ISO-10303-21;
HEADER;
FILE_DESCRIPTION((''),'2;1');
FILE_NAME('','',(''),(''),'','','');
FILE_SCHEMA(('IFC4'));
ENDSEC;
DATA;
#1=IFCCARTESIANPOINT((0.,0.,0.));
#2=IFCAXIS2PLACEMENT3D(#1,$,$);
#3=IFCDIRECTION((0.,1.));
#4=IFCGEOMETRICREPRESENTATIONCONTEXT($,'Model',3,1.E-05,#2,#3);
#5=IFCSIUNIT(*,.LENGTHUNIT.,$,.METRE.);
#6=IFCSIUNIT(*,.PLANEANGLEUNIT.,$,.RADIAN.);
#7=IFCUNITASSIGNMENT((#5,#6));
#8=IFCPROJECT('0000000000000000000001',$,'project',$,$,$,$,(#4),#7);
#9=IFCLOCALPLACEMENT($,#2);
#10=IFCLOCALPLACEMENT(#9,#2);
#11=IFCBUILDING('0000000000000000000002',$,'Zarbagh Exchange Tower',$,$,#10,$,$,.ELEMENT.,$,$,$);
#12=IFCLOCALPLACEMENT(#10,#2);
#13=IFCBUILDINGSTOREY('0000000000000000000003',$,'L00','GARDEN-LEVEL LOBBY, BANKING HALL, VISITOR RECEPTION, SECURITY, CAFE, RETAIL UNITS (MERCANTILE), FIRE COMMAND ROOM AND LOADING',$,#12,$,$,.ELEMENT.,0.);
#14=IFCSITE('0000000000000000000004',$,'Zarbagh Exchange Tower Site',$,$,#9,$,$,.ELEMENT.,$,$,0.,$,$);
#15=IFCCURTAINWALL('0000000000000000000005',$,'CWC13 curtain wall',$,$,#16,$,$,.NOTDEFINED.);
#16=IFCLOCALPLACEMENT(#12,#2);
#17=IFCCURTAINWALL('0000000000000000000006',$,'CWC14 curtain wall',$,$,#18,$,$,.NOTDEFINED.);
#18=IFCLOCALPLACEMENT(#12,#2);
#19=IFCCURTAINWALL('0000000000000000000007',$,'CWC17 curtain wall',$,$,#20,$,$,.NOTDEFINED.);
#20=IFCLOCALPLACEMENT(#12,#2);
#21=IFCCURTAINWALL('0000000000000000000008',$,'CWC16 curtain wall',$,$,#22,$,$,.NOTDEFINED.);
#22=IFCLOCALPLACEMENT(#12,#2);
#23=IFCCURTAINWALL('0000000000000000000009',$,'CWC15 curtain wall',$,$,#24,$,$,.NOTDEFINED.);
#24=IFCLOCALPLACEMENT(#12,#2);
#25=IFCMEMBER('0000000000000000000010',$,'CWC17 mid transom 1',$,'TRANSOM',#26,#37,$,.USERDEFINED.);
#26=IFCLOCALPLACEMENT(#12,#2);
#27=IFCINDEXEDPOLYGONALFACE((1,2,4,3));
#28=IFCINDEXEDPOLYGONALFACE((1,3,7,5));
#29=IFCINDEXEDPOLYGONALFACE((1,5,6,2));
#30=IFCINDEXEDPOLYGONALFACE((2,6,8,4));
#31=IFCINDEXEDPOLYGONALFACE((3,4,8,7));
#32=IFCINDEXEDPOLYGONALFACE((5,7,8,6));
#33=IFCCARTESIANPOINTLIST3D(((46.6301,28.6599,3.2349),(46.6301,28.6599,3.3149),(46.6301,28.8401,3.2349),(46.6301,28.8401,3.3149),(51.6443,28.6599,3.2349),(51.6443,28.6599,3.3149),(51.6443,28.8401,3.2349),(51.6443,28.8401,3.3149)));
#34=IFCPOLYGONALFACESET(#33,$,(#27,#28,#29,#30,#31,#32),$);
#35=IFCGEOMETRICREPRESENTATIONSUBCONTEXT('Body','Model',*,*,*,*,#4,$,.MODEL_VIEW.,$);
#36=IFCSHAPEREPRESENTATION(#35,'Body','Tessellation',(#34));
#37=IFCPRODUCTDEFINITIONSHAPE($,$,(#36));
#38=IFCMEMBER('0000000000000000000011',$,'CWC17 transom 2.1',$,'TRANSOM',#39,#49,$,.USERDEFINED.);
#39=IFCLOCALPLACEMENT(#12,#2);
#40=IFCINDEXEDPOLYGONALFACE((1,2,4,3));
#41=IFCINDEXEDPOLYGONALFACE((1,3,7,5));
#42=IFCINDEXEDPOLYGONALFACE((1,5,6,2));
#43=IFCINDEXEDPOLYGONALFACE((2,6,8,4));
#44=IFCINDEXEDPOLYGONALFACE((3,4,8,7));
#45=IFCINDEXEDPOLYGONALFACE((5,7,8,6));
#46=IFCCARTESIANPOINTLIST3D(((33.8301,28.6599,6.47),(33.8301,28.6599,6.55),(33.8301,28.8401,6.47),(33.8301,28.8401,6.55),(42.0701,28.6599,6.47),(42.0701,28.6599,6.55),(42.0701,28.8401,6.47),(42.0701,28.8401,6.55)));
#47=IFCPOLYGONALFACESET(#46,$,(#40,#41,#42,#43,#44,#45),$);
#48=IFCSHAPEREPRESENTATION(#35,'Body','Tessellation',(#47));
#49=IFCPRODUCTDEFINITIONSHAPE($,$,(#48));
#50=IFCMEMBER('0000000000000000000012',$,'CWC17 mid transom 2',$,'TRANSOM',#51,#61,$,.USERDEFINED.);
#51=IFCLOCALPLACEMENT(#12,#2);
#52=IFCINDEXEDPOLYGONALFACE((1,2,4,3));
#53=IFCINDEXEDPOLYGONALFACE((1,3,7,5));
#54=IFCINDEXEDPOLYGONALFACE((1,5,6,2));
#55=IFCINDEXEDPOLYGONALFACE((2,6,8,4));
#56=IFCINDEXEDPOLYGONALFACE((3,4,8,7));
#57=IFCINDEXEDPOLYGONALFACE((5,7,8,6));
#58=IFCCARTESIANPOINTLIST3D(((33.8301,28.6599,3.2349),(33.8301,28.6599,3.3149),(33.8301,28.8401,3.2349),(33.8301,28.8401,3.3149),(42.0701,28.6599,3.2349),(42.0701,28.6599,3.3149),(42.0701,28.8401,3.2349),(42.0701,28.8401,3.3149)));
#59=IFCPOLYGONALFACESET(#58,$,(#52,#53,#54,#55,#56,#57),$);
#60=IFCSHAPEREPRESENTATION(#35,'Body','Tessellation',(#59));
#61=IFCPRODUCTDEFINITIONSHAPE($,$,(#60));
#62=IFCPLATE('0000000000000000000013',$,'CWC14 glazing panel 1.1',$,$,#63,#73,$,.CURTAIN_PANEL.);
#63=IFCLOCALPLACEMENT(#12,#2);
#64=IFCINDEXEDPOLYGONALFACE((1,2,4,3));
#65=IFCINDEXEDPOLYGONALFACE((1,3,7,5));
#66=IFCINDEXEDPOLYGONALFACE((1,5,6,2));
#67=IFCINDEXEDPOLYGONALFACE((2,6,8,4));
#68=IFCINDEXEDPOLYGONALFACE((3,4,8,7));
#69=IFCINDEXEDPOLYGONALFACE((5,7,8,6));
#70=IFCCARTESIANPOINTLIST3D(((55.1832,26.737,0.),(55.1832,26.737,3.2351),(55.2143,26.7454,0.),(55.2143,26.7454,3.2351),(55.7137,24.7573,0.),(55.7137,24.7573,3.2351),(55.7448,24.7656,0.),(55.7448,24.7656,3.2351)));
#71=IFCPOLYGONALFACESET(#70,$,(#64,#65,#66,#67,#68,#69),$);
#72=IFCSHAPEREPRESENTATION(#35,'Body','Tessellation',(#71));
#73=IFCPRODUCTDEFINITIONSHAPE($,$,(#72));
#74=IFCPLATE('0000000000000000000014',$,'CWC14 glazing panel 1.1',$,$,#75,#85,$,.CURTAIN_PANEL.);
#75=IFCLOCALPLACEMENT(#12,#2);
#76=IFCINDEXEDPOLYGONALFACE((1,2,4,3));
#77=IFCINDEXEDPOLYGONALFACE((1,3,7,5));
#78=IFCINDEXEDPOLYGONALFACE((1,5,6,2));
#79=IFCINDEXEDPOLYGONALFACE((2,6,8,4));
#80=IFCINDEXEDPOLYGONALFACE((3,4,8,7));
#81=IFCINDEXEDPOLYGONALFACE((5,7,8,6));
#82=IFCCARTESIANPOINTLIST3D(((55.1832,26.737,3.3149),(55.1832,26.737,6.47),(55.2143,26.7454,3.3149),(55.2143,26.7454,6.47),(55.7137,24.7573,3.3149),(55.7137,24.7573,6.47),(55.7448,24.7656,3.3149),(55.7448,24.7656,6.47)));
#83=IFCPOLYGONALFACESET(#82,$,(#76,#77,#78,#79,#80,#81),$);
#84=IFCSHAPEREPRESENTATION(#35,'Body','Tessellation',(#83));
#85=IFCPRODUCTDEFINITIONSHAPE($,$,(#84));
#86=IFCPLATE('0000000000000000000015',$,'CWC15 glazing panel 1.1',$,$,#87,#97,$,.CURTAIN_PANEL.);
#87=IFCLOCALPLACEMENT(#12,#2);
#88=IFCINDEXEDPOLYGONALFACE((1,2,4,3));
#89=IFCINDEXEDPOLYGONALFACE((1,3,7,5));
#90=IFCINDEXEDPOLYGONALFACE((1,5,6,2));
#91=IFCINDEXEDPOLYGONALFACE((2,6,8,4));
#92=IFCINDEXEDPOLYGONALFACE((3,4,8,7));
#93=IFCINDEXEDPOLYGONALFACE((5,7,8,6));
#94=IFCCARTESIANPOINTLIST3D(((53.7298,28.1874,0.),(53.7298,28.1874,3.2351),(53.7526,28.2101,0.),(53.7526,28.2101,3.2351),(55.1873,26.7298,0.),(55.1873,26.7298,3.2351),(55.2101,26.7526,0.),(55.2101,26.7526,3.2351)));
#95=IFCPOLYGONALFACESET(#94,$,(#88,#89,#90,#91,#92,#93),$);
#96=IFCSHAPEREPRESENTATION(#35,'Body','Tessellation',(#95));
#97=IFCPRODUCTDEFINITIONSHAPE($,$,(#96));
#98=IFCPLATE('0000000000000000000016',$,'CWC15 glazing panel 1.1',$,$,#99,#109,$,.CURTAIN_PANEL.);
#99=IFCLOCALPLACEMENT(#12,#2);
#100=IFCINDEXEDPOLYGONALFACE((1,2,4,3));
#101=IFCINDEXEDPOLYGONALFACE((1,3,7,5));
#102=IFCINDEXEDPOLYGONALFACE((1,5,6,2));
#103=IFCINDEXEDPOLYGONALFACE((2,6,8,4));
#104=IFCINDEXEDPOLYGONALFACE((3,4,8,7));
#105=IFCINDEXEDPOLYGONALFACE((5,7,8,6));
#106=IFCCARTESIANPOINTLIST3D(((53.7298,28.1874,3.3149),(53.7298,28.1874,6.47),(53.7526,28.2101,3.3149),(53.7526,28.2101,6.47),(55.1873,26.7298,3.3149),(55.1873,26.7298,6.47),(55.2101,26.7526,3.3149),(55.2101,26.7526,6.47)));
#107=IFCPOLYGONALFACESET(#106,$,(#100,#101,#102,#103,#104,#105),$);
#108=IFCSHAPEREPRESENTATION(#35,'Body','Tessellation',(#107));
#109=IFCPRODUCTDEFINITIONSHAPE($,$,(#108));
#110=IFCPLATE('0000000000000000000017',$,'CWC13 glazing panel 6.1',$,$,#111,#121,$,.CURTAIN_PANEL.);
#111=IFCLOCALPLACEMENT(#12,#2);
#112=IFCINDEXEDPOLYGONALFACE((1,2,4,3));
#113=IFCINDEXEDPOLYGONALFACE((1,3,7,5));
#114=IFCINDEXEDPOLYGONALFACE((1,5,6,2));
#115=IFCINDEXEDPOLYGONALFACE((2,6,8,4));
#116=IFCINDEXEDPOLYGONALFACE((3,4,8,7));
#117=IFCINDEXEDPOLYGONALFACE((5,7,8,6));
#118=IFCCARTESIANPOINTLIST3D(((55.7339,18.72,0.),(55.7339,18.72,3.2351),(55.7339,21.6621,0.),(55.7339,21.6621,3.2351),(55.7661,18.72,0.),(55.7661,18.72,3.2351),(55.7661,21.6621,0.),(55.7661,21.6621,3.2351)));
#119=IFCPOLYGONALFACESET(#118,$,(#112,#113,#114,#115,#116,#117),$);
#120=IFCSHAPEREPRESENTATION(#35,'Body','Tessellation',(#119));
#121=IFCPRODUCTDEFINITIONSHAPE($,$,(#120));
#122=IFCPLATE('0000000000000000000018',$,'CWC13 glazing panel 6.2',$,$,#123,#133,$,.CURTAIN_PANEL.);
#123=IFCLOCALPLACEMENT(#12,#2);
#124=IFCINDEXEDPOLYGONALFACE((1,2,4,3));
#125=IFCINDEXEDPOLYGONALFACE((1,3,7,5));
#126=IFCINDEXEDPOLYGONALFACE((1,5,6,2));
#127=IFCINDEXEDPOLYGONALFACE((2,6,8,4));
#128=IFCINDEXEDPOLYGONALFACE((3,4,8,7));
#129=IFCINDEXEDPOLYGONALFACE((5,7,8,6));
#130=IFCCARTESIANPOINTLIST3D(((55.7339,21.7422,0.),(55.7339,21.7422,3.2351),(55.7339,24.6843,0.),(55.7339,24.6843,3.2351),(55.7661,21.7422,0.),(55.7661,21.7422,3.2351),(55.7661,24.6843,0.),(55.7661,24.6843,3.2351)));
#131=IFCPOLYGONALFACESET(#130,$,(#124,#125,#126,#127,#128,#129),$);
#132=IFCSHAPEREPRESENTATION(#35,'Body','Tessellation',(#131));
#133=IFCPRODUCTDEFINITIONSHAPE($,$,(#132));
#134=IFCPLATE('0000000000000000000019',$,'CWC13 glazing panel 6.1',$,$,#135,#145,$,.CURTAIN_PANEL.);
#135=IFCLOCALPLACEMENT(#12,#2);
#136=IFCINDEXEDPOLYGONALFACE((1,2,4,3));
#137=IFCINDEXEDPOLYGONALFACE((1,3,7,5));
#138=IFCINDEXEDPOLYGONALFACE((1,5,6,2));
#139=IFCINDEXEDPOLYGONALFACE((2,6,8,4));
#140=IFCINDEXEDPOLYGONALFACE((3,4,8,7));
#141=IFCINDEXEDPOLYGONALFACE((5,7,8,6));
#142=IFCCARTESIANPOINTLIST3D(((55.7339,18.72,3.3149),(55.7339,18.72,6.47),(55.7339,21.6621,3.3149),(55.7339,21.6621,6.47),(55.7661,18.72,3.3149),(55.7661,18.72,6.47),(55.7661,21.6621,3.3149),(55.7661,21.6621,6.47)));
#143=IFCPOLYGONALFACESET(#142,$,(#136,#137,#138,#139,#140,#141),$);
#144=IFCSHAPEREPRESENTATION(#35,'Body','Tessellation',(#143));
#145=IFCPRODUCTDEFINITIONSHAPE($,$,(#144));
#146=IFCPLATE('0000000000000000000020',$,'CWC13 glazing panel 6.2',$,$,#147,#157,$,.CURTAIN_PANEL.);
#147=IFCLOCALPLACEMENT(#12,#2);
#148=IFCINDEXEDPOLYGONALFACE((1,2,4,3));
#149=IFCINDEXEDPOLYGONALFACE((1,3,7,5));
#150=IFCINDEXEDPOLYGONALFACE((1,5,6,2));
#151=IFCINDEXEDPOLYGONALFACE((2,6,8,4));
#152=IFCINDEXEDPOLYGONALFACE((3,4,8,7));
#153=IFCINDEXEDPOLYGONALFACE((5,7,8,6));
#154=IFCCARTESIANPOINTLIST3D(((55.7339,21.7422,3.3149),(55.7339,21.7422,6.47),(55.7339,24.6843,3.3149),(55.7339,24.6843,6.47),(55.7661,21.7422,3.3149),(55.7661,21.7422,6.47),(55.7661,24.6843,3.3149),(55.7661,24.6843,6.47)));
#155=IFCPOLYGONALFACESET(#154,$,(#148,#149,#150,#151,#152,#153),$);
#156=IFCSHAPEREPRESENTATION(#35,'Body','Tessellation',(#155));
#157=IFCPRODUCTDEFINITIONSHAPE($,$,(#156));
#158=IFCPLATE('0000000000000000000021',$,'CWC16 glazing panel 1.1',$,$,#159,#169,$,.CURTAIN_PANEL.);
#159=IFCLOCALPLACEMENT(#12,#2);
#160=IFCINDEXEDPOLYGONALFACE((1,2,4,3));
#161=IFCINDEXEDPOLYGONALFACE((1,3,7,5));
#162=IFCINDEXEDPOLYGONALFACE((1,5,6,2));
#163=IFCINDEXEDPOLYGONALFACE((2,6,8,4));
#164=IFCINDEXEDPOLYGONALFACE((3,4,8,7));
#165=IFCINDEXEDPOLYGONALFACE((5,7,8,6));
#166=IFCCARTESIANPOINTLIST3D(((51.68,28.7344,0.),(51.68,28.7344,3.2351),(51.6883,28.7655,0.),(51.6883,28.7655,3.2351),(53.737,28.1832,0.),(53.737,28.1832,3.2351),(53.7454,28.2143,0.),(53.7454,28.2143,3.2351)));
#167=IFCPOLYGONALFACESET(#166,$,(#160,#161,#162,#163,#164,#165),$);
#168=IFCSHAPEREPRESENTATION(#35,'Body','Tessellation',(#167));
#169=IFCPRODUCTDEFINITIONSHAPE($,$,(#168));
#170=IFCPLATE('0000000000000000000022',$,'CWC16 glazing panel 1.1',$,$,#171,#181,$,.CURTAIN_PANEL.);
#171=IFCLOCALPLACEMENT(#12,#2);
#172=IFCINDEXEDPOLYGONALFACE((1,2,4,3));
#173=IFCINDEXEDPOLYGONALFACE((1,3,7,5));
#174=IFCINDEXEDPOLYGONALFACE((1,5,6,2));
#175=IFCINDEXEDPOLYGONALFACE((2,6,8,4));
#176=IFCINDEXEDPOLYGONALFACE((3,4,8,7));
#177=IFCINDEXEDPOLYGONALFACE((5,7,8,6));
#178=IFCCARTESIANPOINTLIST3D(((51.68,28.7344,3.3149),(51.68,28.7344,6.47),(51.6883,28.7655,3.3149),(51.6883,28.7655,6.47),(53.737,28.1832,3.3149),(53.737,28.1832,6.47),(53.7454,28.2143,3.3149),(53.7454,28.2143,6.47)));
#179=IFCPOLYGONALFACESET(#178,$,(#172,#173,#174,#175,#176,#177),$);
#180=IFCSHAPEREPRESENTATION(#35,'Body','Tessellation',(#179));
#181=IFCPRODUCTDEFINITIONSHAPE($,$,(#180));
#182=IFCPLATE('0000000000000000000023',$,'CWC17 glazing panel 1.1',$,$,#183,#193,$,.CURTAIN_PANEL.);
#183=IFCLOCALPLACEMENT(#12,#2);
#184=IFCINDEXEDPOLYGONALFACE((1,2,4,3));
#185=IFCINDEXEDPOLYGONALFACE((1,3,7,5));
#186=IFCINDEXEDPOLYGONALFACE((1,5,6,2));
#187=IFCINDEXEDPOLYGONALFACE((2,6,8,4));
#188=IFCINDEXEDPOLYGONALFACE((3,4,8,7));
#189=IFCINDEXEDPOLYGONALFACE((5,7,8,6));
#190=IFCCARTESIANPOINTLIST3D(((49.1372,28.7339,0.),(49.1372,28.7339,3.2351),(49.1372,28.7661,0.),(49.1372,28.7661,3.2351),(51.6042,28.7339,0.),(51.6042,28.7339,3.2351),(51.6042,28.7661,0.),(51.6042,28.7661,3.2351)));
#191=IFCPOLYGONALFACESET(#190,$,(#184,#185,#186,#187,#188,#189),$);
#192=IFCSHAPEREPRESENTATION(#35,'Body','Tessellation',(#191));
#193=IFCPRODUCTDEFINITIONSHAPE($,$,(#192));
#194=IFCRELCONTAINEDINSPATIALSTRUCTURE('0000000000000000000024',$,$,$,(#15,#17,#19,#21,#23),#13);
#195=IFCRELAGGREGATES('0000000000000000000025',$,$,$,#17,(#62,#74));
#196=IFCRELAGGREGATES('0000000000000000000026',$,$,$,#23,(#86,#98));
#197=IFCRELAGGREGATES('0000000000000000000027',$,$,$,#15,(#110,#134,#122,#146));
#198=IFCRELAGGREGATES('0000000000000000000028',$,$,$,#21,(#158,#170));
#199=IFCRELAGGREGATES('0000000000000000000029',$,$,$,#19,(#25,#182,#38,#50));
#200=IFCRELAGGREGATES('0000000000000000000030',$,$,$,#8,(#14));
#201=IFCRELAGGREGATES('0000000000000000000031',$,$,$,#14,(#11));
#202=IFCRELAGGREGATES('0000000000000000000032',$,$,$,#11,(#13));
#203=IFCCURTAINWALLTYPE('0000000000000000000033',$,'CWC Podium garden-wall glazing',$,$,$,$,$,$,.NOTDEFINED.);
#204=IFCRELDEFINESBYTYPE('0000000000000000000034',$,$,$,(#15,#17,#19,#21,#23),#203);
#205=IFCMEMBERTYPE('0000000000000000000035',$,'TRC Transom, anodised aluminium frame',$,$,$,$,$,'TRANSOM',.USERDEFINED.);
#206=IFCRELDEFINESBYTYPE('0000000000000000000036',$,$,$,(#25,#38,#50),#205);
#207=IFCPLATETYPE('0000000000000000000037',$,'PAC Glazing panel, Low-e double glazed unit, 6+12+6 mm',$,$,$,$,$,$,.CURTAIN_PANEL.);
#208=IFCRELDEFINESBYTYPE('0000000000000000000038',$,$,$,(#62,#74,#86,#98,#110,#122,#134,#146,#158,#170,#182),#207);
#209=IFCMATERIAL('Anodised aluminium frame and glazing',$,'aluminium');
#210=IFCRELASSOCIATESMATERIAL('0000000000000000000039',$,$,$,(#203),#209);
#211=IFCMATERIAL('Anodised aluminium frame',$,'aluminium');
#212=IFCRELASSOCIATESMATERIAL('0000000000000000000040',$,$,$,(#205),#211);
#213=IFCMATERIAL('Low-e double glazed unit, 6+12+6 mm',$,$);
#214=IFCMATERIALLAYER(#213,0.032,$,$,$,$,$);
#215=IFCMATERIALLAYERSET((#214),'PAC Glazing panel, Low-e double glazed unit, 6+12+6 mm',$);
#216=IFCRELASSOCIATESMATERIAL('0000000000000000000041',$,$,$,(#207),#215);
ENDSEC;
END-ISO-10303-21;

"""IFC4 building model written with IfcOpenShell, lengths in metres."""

from ifc_helpers import new_model, si_unit, direction, origin, place, context, subcontext, project, spatial, polyline, outline, extrude, source, transform, mapped, material, layer, layer_set, type_object, element, aggregate, save


model = new_model("IFC4")

# Units and contexts
model_context = context("Model", 3, precision=1e-05, world=origin(), true_north=direction((0.0, 1.0)))
body_context = subcontext(model_context, "Body", "Model", "MODEL_VIEW")
ifc_project = project(units=[si_unit("LENGTHUNIT", "METRE"), si_unit("PLANEANGLEUNIT", "RADIAN")], contexts=[model_context])

# Site, building, storey
site_placement = place(None, origin())
site = spatial("IfcSite", under=ifc_project, at=site_placement, Name="Zarbagh Exchange Tower Site", CompositionType="ELEMENT", RefElevation=0.0)
building_placement = place(site_placement, origin())
building = spatial("IfcBuilding", under=site, at=building_placement, Name="Zarbagh Exchange Tower", CompositionType="ELEMENT")
storey_placement = place(building_placement, origin())
storey = spatial("IfcBuildingStorey", under=building, at=storey_placement, Name="L00", Description="GARDEN-LEVEL LOBBY, BANKING HALL, VISITOR RECEPTION, SECURITY, CAFE, RETAIL UNITS (MERCANTILE), FIRE COMMAND ROOM AND LOADING", CompositionType="ELEMENT", Elevation=0.0)

# Curtain walls
ifc_material_1 = material(Name="Anodised aluminium frame and glazing", Category="aluminium")
curtain_wall_type = type_object("IfcCurtainWallType", Name="CWC Podium garden-wall glazing", PredefinedType="NOTDEFINED", material=ifc_material_1)
curtain_wall_1_placement = place(storey_placement, origin())
curtain_wall_1 = element("IfcCurtainWall", 1, at=curtain_wall_1_placement, inside=storey, type_object=curtain_wall_type, Name="CWC13 curtain wall", PredefinedType="NOTDEFINED")
ifc_material_2 = material(Name="Anodised aluminium frame", Category="aluminium")
placement = place(storey_placement, origin())
curtain_wall_2_placement = place(storey_placement, origin())
curtain_wall_2 = element("IfcCurtainWall", 2, at=curtain_wall_2_placement, inside=storey, type_object=curtain_wall_type, Name="CWC14 curtain wall", PredefinedType="NOTDEFINED")

# Curtain wall
curtain_wall_3_placement = place(storey_placement, origin())
curtain_wall_3 = element("IfcCurtainWall", 3, at=curtain_wall_3_placement, inside=storey, type_object=curtain_wall_type, Name="CWC17 curtain wall", PredefinedType="NOTDEFINED")

# Shared definitions
member_type_1 = type_object("IfcMemberType", Name="TRC Transom, anodised aluminium frame", ElementType="TRANSOM", PredefinedType="USERDEFINED", material=ifc_material_2)

# Curtain wall
curtain_wall_4_placement = place(storey_placement, origin())
curtain_wall_4 = element("IfcCurtainWall", 4, at=curtain_wall_4_placement, inside=storey, type_object=curtain_wall_type, Name="CWC16 curtain wall", PredefinedType="NOTDEFINED")

# Curtain wall
curtain_wall_5_placement = place(storey_placement, origin())
curtain_wall_5 = element("IfcCurtainWall", 5, at=curtain_wall_5_placement, inside=storey, type_object=curtain_wall_type, Name="CWC15 curtain wall", PredefinedType="NOTDEFINED")

# Members
shared_shape_1 = source(origin(), body_context, "Body", "SweptSolid", [
    extrude(outline(polyline([(-0.04, -0.0901), (0.04, -0.0901), (0.04, 0.0901), (-0.04, 0.0901), (-0.04, -0.0901)])), origin(), (0.0, 0.0, 1.0), 5.0142),
])
member_1 = element("IfcMember", 6, at=placement, type_object=member_type_1, Name="CWC17 mid transom 1", ObjectType="TRANSOM", PredefinedType="USERDEFINED", context=body_context, shape_type="MappedRepresentation", body=[
    mapped(shared_shape_1, transform((51.6443, 28.75, 3.2749), x_axis=(0.0, 0.0, 1.0), y_axis=(0.0, 1.0, 0.0), z_axis=(-1.0, 0.0, 0.0))),
])
shared_shape_2 = source(origin(), body_context, "Body", "SweptSolid", [
    extrude(outline(polyline([(-0.0801, -0.0901), (0.0, -0.0901), (0.0, 0.0901), (-0.0801, 0.0901), (-0.0801, -0.0901)])), origin(), (0.0, 0.0, 1.0), 8.24),
])
member_2 = element("IfcMember", 7, at=placement, type_object=member_type_1, Name="CWC17 transom 2.1", ObjectType="TRANSOM", PredefinedType="USERDEFINED", context=body_context, shape_type="MappedRepresentation", body=[
    mapped(shared_shape_2, transform((42.0701, 28.75, 6.55), x_axis=(0.0, 0.0, 1.0), y_axis=(0.0, 1.0, 0.0), z_axis=(-1.0, 0.0, 0.0))),
])
shared_shape_3 = source(origin(), body_context, "Body", "SweptSolid", [
    extrude(outline(polyline([(-0.04, -0.0901), (0.04, -0.0901), (0.04, 0.0901), (-0.04, 0.0901), (-0.04, -0.0901)])), origin(), (0.0, 0.0, 1.0), 8.24),
])
member_3 = element("IfcMember", 8, at=placement, type_object=member_type_1, Name="CWC17 mid transom 2", ObjectType="TRANSOM", PredefinedType="USERDEFINED", context=body_context, shape_type="MappedRepresentation", body=[
    mapped(shared_shape_3, transform((42.0701, 28.75, 3.2749), x_axis=(0.0, 0.0, 1.0), y_axis=(0.0, 1.0, 0.0), z_axis=(-1.0, 0.0, 0.0))),
])

# Plates
ifc_material_3 = material(Name="Low-e double glazed unit, 6+12+6 mm")
ifc_layer = layer(ifc_material_3, 0.032)
ifc_layer_set = layer_set([ifc_layer], Name="PAC Glazing panel, Low-e double glazed unit, 6+12+6 mm")
plate_type = type_object("IfcPlateType", Name="PAC Glazing panel, Low-e double glazed unit, 6+12+6 mm", PredefinedType="CURTAIN_PANEL", material=ifc_layer_set)
shared_shape_4 = source(origin(), body_context, "Body", "SweptSolid", [
    extrude(outline(polyline([(0.0, -0.0161), (2.0496, -0.0161), (2.0496, 0.0161), (0.0, 0.0161), (0.0, -0.0161)])), origin(), (0.0, 0.0, 1.0), 3.2351),
])
plate_1 = element("IfcPlate", 9, at=placement, type_object=plate_type, Name="CWC14 glazing panel 1.1", PredefinedType="CURTAIN_PANEL", context=body_context, shape_type="MappedRepresentation", body=[
    mapped(shared_shape_4, transform((55.7292, 24.7615, 0.0), x_axis=(-0.258825, 0.965924, 0.0), y_axis=(-0.965924, -0.258825, 0.0), z_axis=(0.0, 0.0, 1.0))),
])
shared_shape_5 = source(origin(), body_context, "Body", "SweptSolid", [
    extrude(outline(polyline([(0.0, -0.0161), (2.0496, -0.0161), (2.0496, 0.0161), (0.0, 0.0161), (0.0, -0.0161)])), origin(), (0.0, 0.0, 1.0), 3.155),
])
plate_2 = element("IfcPlate", 10, at=placement, type_object=plate_type, Name="CWC14 glazing panel 1.1", PredefinedType="CURTAIN_PANEL", context=body_context, shape_type="MappedRepresentation", body=[
    mapped(shared_shape_5, transform((55.7292, 24.7615, 3.3149), x_axis=(-0.258825, 0.965924, 0.0), y_axis=(-0.965924, -0.258825, 0.0), z_axis=(0.0, 0.0, 1.0))),
])
aggregate(curtain_wall_2, [plate_1, plate_2])
shared_shape_6 = source(origin(), body_context, "Body", "SweptSolid", [
    extrude(outline(polyline([(0.0, -0.0161), (2.0613, -0.0161), (2.0613, 0.0161), (0.0, 0.0161), (0.0, -0.0161)])), origin(), (0.0, 0.0, 1.0), 3.2351),
])
plate_3 = element("IfcPlate", 11, at=placement, type_object=plate_type, Name="CWC15 glazing panel 1.1", PredefinedType="CURTAIN_PANEL", context=body_context, shape_type="MappedRepresentation", body=[
    mapped(shared_shape_6, transform((55.1987, 26.7412, 0.0), x_axis=(-0.707107, 0.707107, 0.0), y_axis=(-0.707107, -0.707107, 0.0), z_axis=(0.0, 0.0, 1.0))),
])
shared_shape_7 = source(origin(), body_context, "Body", "SweptSolid", [
    extrude(outline(polyline([(0.0, -0.0161), (2.0613, -0.0161), (2.0613, 0.0161), (0.0, 0.0161), (0.0, -0.0161)])), origin(), (0.0, 0.0, 1.0), 3.155),
])
plate_4 = element("IfcPlate", 12, at=placement, type_object=plate_type, Name="CWC15 glazing panel 1.1", PredefinedType="CURTAIN_PANEL", context=body_context, shape_type="MappedRepresentation", body=[
    mapped(shared_shape_7, transform((55.1987, 26.7412, 3.3149), x_axis=(-0.707107, 0.707107, 0.0), y_axis=(-0.707107, -0.707107, 0.0), z_axis=(0.0, 0.0, 1.0))),
])
aggregate(curtain_wall_5, [plate_3, plate_4])
shared_shape_8 = source(origin(), body_context, "Body", "SweptSolid", [
    extrude(outline(polyline([(0.0, -0.0161), (2.9421, -0.0161), (2.9421, 0.0161), (0.0, 0.0161), (0.0, -0.0161)])), origin(), (0.0, 0.0, 1.0), 3.2351),
])
plate_5 = element("IfcPlate", 13, at=placement, type_object=plate_type, Name="CWC13 glazing panel 6.1", PredefinedType="CURTAIN_PANEL", context=body_context, shape_type="MappedRepresentation", body=[
    mapped(shared_shape_8, transform((55.75, 18.72, 0.0), x_axis=(0.0, 1.0, 0.0), y_axis=(-1.0, 0.0, 0.0), z_axis=(0.0, 0.0, 1.0))),
])
plate_6 = element("IfcPlate", 14, at=placement, type_object=plate_type, Name="CWC13 glazing panel 6.2", PredefinedType="CURTAIN_PANEL", context=body_context, shape_type="MappedRepresentation", body=[
    mapped(shared_shape_8, transform((55.75, 21.7422, 0.0), x_axis=(0.0, 1.0, 0.0), y_axis=(-1.0, 0.0, 0.0), z_axis=(0.0, 0.0, 1.0))),
])
shared_shape_9 = source(origin(), body_context, "Body", "SweptSolid", [
    extrude(outline(polyline([(0.0, -0.0161), (2.9421, -0.0161), (2.9421, 0.0161), (0.0, 0.0161), (0.0, -0.0161)])), origin(), (0.0, 0.0, 1.0), 3.155),
])
plate_7 = element("IfcPlate", 15, at=placement, type_object=plate_type, Name="CWC13 glazing panel 6.1", PredefinedType="CURTAIN_PANEL", context=body_context, shape_type="MappedRepresentation", body=[
    mapped(shared_shape_9, transform((55.75, 18.72, 3.3149), x_axis=(0.0, 1.0, 0.0), y_axis=(-1.0, 0.0, 0.0), z_axis=(0.0, 0.0, 1.0))),
])
plate_8 = element("IfcPlate", 16, at=placement, type_object=plate_type, Name="CWC13 glazing panel 6.2", PredefinedType="CURTAIN_PANEL", context=body_context, shape_type="MappedRepresentation", body=[
    mapped(shared_shape_9, transform((55.75, 21.7422, 3.3149), x_axis=(0.0, 1.0, 0.0), y_axis=(-1.0, 0.0, 0.0), z_axis=(0.0, 0.0, 1.0))),
])
aggregate(curtain_wall_1, [plate_5, plate_7, plate_6, plate_8])
shared_shape_10 = source(origin(), body_context, "Body", "SweptSolid", [
    extrude(outline(polyline([(0.0, -0.0161), (2.1296, -0.0161), (2.1296, 0.0161), (0.0, 0.0161), (0.0, -0.0161)])), origin(), (0.0, 0.0, 1.0), 3.2351),
])
plate_9 = element("IfcPlate", 17, at=placement, type_object=plate_type, Name="CWC16 glazing panel 1.1", PredefinedType="CURTAIN_PANEL", context=body_context, shape_type="MappedRepresentation", body=[
    mapped(shared_shape_10, transform((53.7412, 28.1987, 0.0), x_axis=(-0.965924, 0.258825, 0.0), y_axis=(-0.258825, -0.965924, 0.0), z_axis=(0.0, 0.0, 1.0))),
])
shared_shape_11 = source(origin(), body_context, "Body", "SweptSolid", [
    extrude(outline(polyline([(0.0, -0.0161), (2.1296, -0.0161), (2.1296, 0.0161), (0.0, 0.0161), (0.0, -0.0161)])), origin(), (0.0, 0.0, 1.0), 3.155),
])
plate_10 = element("IfcPlate", 18, at=placement, type_object=plate_type, Name="CWC16 glazing panel 1.1", PredefinedType="CURTAIN_PANEL", context=body_context, shape_type="MappedRepresentation", body=[
    mapped(shared_shape_11, transform((53.7412, 28.1987, 3.3149), x_axis=(-0.965924, 0.258825, 0.0), y_axis=(-0.258825, -0.965924, 0.0), z_axis=(0.0, 0.0, 1.0))),
])
aggregate(curtain_wall_4, [plate_9, plate_10])
shared_shape_12 = source(origin(), body_context, "Body", "SweptSolid", [
    extrude(outline(polyline([(0.0, -0.0161), (2.467, -0.0161), (2.467, 0.0161), (0.0, 0.0161), (0.0, -0.0161)])), origin(), (0.0, 0.0, 1.0), 3.2351),
])
plate_11 = element("IfcPlate", 19, at=placement, type_object=plate_type, Name="CWC17 glazing panel 1.1", PredefinedType="CURTAIN_PANEL", context=body_context, shape_type="MappedRepresentation", body=[
    mapped(shared_shape_12, transform((51.6042, 28.75, 0.0), x_axis=(-1.0, 0.0, 0.0), y_axis=(0.0, -1.0, 0.0), z_axis=(0.0, 0.0, 1.0))),
])
aggregate(curtain_wall_3, [member_1, plate_11, member_2, member_3])

save(model, "model.ifc")
